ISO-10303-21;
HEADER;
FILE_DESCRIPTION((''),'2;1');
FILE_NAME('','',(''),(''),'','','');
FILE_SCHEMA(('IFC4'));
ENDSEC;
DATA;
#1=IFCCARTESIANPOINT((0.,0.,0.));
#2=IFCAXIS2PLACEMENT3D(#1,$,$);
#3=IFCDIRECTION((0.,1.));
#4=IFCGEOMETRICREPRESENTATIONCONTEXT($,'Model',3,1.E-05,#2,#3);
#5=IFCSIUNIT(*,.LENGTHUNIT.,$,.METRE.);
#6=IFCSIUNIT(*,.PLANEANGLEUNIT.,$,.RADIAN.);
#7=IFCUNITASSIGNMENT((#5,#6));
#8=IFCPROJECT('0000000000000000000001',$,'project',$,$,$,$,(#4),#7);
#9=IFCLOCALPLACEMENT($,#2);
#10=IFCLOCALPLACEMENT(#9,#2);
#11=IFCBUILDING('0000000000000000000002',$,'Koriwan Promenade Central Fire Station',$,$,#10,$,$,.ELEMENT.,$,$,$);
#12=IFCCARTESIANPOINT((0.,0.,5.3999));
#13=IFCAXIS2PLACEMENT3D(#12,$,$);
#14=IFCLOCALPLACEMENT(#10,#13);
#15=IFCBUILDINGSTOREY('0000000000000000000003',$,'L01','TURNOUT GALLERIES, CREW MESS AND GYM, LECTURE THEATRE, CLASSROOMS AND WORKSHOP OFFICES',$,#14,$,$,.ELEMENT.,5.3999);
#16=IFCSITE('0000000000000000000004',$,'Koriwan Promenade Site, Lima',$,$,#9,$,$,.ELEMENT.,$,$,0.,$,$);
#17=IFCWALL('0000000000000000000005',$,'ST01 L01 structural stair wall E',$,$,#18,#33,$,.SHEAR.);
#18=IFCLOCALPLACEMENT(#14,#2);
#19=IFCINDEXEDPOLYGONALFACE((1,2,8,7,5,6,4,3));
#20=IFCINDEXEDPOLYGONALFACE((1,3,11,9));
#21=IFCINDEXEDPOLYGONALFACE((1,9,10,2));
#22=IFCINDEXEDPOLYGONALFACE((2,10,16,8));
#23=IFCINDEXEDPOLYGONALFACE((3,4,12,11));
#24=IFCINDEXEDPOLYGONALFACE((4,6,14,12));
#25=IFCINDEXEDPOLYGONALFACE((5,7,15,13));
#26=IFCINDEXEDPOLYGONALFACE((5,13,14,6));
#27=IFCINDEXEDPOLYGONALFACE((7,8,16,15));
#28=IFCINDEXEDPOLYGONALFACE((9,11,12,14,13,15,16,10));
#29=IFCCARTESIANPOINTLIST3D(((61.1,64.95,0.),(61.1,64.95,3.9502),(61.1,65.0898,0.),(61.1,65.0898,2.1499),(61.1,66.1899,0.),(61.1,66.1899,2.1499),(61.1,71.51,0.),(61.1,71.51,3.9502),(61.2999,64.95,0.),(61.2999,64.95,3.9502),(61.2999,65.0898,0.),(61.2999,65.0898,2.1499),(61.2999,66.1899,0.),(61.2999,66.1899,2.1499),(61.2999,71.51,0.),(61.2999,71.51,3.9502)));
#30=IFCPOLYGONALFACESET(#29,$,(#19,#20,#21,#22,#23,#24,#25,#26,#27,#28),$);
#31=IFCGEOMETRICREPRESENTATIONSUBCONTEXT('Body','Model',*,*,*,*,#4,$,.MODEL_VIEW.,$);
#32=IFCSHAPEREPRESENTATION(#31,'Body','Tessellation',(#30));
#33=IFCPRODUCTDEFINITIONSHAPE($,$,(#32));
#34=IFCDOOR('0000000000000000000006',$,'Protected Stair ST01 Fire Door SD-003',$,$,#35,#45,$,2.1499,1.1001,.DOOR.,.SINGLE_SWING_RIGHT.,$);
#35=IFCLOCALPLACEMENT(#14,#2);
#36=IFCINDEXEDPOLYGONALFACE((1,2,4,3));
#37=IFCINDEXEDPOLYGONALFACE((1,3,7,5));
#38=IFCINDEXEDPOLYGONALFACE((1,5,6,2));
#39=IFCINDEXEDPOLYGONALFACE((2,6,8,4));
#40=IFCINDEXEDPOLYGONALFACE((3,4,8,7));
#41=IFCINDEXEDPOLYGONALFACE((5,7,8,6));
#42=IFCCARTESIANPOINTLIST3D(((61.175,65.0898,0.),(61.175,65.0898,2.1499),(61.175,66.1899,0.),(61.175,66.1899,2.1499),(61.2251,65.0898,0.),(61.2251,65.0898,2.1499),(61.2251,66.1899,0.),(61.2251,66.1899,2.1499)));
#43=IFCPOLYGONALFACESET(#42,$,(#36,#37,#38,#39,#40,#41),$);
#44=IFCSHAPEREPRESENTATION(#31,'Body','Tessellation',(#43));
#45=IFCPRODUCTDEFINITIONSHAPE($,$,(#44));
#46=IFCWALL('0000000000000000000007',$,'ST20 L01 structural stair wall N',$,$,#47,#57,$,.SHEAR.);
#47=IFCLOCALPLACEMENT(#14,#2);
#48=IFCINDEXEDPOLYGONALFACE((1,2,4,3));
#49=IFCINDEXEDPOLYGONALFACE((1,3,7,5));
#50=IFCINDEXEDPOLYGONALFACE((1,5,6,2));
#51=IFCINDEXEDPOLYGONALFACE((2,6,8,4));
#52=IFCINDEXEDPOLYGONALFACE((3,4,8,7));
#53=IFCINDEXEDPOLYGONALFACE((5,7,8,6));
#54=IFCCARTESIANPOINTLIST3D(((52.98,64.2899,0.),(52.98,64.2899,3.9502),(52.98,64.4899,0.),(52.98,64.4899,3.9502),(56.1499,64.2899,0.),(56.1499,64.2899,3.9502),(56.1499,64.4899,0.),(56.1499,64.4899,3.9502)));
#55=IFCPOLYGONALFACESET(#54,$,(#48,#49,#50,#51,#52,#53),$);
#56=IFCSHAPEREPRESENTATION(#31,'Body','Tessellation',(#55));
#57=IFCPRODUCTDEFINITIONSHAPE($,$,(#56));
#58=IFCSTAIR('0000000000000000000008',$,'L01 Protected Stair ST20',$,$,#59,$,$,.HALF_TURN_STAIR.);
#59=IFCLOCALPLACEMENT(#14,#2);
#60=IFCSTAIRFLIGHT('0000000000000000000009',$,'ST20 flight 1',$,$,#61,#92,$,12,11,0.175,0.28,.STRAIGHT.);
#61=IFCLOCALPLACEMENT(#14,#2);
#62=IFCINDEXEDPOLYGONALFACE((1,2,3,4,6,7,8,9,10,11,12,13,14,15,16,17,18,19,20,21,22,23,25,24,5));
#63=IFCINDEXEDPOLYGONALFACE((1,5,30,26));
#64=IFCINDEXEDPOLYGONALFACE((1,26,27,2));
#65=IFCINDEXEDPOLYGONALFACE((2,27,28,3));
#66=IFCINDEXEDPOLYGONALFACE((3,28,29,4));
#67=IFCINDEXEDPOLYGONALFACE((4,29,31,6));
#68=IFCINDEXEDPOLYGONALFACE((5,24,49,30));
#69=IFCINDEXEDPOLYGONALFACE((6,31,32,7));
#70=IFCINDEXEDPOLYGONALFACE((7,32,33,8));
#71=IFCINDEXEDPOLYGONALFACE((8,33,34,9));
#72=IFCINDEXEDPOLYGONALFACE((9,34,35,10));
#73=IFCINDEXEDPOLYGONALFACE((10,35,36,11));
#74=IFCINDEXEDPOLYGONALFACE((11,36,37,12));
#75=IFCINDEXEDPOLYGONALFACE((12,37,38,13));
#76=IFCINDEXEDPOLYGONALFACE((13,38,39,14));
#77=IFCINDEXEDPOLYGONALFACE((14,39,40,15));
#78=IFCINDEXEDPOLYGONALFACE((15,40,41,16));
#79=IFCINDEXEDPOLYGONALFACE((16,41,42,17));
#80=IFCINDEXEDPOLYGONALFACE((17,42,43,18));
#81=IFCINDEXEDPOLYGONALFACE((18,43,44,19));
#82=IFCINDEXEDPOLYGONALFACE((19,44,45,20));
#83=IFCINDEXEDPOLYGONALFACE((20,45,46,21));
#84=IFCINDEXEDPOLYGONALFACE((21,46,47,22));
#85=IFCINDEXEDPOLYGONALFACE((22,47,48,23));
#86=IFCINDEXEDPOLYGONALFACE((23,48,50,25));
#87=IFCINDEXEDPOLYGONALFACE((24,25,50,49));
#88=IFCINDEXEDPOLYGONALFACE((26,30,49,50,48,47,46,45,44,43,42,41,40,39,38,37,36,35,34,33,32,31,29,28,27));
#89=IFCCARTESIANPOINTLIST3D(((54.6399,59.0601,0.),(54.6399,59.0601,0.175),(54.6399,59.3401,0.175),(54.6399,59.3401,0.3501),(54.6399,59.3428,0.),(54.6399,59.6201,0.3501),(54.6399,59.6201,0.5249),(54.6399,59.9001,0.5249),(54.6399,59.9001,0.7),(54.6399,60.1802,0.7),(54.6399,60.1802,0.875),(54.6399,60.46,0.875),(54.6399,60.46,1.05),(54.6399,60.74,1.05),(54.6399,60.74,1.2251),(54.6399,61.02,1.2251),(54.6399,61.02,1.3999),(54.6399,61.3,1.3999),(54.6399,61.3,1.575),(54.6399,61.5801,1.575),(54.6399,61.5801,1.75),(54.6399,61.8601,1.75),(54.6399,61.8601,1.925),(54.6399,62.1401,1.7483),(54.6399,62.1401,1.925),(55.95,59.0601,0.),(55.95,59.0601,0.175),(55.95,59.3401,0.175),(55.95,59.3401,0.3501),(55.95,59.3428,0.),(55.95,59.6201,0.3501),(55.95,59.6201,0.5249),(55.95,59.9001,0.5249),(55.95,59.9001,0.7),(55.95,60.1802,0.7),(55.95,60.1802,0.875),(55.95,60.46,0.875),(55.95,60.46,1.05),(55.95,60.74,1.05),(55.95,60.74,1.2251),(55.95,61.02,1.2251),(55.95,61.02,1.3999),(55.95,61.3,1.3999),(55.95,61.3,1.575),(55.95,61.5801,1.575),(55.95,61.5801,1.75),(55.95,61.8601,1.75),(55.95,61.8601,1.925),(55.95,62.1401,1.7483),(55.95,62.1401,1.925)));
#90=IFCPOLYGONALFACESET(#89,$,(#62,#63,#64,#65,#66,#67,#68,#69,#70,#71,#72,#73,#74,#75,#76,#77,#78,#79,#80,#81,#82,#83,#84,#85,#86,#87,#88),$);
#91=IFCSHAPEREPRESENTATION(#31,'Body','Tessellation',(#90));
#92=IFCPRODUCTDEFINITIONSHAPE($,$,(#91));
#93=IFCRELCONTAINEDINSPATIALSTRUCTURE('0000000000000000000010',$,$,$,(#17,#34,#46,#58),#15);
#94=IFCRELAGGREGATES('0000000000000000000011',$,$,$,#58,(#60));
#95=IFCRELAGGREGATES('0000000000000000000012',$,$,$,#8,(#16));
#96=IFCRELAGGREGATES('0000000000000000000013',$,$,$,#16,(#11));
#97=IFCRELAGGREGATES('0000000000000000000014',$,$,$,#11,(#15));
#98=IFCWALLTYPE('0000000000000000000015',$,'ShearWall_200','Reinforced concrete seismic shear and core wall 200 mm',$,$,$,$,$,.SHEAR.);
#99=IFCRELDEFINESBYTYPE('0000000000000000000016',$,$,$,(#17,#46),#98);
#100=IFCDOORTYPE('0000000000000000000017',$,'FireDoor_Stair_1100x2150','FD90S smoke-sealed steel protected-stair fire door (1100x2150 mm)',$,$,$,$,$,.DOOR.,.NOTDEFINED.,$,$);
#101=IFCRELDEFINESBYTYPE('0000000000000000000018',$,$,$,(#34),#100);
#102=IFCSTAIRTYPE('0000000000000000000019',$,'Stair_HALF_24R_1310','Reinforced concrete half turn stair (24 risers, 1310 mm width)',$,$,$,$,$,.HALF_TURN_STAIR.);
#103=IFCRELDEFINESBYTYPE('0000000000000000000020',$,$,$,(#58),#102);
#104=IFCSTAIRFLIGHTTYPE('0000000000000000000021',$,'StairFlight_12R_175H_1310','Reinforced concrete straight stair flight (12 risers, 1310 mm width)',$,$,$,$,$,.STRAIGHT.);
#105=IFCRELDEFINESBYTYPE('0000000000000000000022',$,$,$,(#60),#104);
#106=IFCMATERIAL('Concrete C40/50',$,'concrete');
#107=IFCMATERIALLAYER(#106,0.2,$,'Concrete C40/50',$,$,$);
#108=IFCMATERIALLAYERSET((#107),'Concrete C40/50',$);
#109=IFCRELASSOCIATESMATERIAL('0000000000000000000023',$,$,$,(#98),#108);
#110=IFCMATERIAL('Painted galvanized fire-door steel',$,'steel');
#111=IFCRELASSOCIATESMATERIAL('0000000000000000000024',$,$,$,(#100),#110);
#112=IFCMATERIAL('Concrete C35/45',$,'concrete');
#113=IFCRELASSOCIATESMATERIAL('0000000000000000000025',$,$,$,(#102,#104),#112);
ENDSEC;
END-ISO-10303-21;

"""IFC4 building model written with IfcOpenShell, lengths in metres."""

from ifc_helpers import new_model, si_unit, direction, frame, frame_2d, origin, place, context, subcontext, project, spatial, polyline, rectangle, outline, extrude, material, layer, layer_set, type_object, element, fill, aggregate, save


model = new_model("IFC4")

# Units and contexts
model_context = context("Model", 3, precision=1e-05, world=origin(), true_north=direction((0.0, 1.0)))
body_context = subcontext(model_context, "Body", "Model", "MODEL_VIEW")
ifc_project = project(units=[si_unit("LENGTHUNIT", "METRE"), si_unit("PLANEANGLEUNIT", "RADIAN")], contexts=[model_context])

# Site, building, storey
site_placement = place(None, origin())
site = spatial("IfcSite", under=ifc_project, at=site_placement, Name="Koriwan Promenade Site, Lima", CompositionType="ELEMENT", RefElevation=0.0)
building_placement = place(site_placement, origin())
building = spatial("IfcBuilding", under=site, at=building_placement, Name="Koriwan Promenade Central Fire Station", CompositionType="ELEMENT")
storey_placement = place(building_placement, frame((0.0, 0.0, 5.3999)))
storey = spatial("IfcBuildingStorey", under=building, at=storey_placement, Name="L01", Description="TURNOUT GALLERIES, CREW MESS AND GYM, LECTURE THEATRE, CLASSROOMS AND WORKSHOP OFFICES", CompositionType="ELEMENT", Elevation=5.3999)

# Shared definitions
ifc_material_1 = material(Name="Concrete C40/50", Category="concrete")

# Shared definitions
ifc_layer_1 = layer(ifc_material_1, 0.2, Name="Concrete C40/50")
ifc_layer_set_1 = layer_set([ifc_layer_1], Name="Concrete C40/50")
wall_type_1 = type_object("IfcWallType", Name="ShearWall_200", Description="Reinforced concrete seismic shear and core wall 200 mm", PredefinedType="SHEAR", material=ifc_layer_set_1)

# Wall, opening, door
wall_1_placement = place(storey_placement, frame((61.2, 64.95, 0.0), z_axis=(0.0, 0.0, 1.0), x_axis=(0.0, 1.0, 0.0)))
wall_1 = element("IfcWall", 1, at=wall_1_placement, inside=storey, type_object=wall_type_1, Name="ST01 L01 structural stair wall E", PredefinedType="SHEAR", context=body_context, shape_type="SweptSolid", body=[
    extrude(rectangle(XDim=6.5601, YDim=0.2, at=frame_2d((3.28, 0.0))), origin(), (0.0, 0.0, 1.0), 3.9502),
])
opening_1_placement = place(wall_1_placement, frame((0.1399, 0.0, 0.0)))
opening_1 = element("IfcOpeningElement", 2, at=opening_1_placement, cuts=wall_1, PredefinedType="OPENING", context=body_context, shape_type="SweptSolid", body=[
    extrude(rectangle(XDim=1.1001, YDim=2.1499, at=frame_2d((0.55, 1.075))), frame((0.0, 0.1118, 0.0), z_axis=(0.0, -1.0, 0.0), x_axis=(1.0, 0.0, 0.0)), (0.0, 0.0, 1.0), 0.2239),
])
ifc_material_2 = material(Name="Painted galvanized fire-door steel", Category="steel")
door_type = type_object("IfcDoorType", Name="FireDoor_Stair_1100x2150", Description="FD90S smoke-sealed steel protected-stair fire door (1100x2150 mm)", OperationType="NOTDEFINED", PredefinedType="DOOR", material=ifc_material_2)
door_placement = place(opening_1_placement, origin())
door = element("IfcDoor", 3, at=door_placement, inside=storey, type_object=door_type, Name="Protected Stair ST01 Fire Door SD-003", OperationType="SINGLE_SWING_RIGHT", OverallHeight=2.1499, OverallWidth=1.1001, PredefinedType="DOOR", context=body_context, shape_type="SweptSolid", body=[
    extrude(rectangle(XDim=1.1001, YDim=2.1499, at=frame_2d((0.55, 1.075))), frame((0.0, 0.0249, 0.0), z_axis=(0.0, -1.0, 0.0), x_axis=(1.0, 0.0, 0.0)), (0.0, 0.0, 1.0), 0.05),
])
fill(opening_1, door)

# Wall
wall_2_placement = place(storey_placement, frame((52.98, 64.3899, 0.0), z_axis=(0.0, 0.0, 1.0), x_axis=(1.0, 0.0, 0.0)))
element("IfcWall", 4, at=wall_2_placement, inside=storey, type_object=wall_type_1, Name="ST20 L01 structural stair wall N", PredefinedType="SHEAR", context=body_context, shape_type="SweptSolid", body=[
    extrude(rectangle(XDim=3.1699, YDim=0.2, at=frame_2d((1.585, 0.0))), origin(), (0.0, 0.0, 1.0), 3.9502),
])

# Stair, stair flight
ifc_material_3 = material(Name="Concrete C35/45", Category="concrete")
stair_type = type_object("IfcStairType", Name="Stair_HALF_24R_1310", Description="Reinforced concrete half turn stair (24 risers, 1310 mm width)", PredefinedType="HALF_TURN_STAIR", material=ifc_material_3)
stair_placement = place(storey_placement, origin())
stair = element("IfcStair", 5, at=stair_placement, inside=storey, type_object=stair_type, Name="L01 Protected Stair ST20", PredefinedType="HALF_TURN_STAIR")
stair_flight_type = type_object("IfcStairFlightType", Name="StairFlight_12R_175H_1310", Description="Reinforced concrete straight stair flight (12 risers, 1310 mm width)", PredefinedType="STRAIGHT", material=ifc_material_3)
stair_flight_placement = place(storey_placement, frame((55.2949, 59.0601, 0.0), z_axis=(0.0, 0.0, 1.0), x_axis=(0.0, 1.0, 0.0)))
stair_flight = element("IfcStairFlight", 6, at=stair_flight_placement, type_object=stair_flight_type, Name="ST20 flight 1", NumberOfRisers=12, NumberOfTreads=11, PredefinedType="STRAIGHT", RiserHeight=0.175, TreadLength=0.28, context=body_context, shape_type="SweptSolid", body=[
    extrude(outline(polyline([(0.0, 0.0), (0.0, 0.175), (0.28, 0.175), (0.28, 0.3501), (0.5601, 0.3501), (0.5601, 0.5249), (0.8401, 0.5249), (0.8401, 0.7), (1.1201, 0.7), (1.1201, 0.875), (1.3999, 0.875), (1.3999, 1.05), (1.6799, 1.05), (1.6799, 1.2251), (1.96, 1.2251), (1.96, 1.3999), (2.24, 1.3999), (2.24, 1.575), (2.52, 1.575), (2.52, 1.75), (2.8, 1.75), (2.8, 1.925), (3.0801, 1.925), (3.0801, 2.1001), (3.0801, 1.7483), (0.2827, 0.0), (0.0, 0.0)])), frame((0.0, 0.655, 0.0), z_axis=(0.0, -1.0, 0.0), x_axis=(1.0, 0.0, 0.0)), (0.0, 0.0, 1.0), 1.3101),
])
aggregate(stair, [stair_flight])

save(model, "model.ifc")
